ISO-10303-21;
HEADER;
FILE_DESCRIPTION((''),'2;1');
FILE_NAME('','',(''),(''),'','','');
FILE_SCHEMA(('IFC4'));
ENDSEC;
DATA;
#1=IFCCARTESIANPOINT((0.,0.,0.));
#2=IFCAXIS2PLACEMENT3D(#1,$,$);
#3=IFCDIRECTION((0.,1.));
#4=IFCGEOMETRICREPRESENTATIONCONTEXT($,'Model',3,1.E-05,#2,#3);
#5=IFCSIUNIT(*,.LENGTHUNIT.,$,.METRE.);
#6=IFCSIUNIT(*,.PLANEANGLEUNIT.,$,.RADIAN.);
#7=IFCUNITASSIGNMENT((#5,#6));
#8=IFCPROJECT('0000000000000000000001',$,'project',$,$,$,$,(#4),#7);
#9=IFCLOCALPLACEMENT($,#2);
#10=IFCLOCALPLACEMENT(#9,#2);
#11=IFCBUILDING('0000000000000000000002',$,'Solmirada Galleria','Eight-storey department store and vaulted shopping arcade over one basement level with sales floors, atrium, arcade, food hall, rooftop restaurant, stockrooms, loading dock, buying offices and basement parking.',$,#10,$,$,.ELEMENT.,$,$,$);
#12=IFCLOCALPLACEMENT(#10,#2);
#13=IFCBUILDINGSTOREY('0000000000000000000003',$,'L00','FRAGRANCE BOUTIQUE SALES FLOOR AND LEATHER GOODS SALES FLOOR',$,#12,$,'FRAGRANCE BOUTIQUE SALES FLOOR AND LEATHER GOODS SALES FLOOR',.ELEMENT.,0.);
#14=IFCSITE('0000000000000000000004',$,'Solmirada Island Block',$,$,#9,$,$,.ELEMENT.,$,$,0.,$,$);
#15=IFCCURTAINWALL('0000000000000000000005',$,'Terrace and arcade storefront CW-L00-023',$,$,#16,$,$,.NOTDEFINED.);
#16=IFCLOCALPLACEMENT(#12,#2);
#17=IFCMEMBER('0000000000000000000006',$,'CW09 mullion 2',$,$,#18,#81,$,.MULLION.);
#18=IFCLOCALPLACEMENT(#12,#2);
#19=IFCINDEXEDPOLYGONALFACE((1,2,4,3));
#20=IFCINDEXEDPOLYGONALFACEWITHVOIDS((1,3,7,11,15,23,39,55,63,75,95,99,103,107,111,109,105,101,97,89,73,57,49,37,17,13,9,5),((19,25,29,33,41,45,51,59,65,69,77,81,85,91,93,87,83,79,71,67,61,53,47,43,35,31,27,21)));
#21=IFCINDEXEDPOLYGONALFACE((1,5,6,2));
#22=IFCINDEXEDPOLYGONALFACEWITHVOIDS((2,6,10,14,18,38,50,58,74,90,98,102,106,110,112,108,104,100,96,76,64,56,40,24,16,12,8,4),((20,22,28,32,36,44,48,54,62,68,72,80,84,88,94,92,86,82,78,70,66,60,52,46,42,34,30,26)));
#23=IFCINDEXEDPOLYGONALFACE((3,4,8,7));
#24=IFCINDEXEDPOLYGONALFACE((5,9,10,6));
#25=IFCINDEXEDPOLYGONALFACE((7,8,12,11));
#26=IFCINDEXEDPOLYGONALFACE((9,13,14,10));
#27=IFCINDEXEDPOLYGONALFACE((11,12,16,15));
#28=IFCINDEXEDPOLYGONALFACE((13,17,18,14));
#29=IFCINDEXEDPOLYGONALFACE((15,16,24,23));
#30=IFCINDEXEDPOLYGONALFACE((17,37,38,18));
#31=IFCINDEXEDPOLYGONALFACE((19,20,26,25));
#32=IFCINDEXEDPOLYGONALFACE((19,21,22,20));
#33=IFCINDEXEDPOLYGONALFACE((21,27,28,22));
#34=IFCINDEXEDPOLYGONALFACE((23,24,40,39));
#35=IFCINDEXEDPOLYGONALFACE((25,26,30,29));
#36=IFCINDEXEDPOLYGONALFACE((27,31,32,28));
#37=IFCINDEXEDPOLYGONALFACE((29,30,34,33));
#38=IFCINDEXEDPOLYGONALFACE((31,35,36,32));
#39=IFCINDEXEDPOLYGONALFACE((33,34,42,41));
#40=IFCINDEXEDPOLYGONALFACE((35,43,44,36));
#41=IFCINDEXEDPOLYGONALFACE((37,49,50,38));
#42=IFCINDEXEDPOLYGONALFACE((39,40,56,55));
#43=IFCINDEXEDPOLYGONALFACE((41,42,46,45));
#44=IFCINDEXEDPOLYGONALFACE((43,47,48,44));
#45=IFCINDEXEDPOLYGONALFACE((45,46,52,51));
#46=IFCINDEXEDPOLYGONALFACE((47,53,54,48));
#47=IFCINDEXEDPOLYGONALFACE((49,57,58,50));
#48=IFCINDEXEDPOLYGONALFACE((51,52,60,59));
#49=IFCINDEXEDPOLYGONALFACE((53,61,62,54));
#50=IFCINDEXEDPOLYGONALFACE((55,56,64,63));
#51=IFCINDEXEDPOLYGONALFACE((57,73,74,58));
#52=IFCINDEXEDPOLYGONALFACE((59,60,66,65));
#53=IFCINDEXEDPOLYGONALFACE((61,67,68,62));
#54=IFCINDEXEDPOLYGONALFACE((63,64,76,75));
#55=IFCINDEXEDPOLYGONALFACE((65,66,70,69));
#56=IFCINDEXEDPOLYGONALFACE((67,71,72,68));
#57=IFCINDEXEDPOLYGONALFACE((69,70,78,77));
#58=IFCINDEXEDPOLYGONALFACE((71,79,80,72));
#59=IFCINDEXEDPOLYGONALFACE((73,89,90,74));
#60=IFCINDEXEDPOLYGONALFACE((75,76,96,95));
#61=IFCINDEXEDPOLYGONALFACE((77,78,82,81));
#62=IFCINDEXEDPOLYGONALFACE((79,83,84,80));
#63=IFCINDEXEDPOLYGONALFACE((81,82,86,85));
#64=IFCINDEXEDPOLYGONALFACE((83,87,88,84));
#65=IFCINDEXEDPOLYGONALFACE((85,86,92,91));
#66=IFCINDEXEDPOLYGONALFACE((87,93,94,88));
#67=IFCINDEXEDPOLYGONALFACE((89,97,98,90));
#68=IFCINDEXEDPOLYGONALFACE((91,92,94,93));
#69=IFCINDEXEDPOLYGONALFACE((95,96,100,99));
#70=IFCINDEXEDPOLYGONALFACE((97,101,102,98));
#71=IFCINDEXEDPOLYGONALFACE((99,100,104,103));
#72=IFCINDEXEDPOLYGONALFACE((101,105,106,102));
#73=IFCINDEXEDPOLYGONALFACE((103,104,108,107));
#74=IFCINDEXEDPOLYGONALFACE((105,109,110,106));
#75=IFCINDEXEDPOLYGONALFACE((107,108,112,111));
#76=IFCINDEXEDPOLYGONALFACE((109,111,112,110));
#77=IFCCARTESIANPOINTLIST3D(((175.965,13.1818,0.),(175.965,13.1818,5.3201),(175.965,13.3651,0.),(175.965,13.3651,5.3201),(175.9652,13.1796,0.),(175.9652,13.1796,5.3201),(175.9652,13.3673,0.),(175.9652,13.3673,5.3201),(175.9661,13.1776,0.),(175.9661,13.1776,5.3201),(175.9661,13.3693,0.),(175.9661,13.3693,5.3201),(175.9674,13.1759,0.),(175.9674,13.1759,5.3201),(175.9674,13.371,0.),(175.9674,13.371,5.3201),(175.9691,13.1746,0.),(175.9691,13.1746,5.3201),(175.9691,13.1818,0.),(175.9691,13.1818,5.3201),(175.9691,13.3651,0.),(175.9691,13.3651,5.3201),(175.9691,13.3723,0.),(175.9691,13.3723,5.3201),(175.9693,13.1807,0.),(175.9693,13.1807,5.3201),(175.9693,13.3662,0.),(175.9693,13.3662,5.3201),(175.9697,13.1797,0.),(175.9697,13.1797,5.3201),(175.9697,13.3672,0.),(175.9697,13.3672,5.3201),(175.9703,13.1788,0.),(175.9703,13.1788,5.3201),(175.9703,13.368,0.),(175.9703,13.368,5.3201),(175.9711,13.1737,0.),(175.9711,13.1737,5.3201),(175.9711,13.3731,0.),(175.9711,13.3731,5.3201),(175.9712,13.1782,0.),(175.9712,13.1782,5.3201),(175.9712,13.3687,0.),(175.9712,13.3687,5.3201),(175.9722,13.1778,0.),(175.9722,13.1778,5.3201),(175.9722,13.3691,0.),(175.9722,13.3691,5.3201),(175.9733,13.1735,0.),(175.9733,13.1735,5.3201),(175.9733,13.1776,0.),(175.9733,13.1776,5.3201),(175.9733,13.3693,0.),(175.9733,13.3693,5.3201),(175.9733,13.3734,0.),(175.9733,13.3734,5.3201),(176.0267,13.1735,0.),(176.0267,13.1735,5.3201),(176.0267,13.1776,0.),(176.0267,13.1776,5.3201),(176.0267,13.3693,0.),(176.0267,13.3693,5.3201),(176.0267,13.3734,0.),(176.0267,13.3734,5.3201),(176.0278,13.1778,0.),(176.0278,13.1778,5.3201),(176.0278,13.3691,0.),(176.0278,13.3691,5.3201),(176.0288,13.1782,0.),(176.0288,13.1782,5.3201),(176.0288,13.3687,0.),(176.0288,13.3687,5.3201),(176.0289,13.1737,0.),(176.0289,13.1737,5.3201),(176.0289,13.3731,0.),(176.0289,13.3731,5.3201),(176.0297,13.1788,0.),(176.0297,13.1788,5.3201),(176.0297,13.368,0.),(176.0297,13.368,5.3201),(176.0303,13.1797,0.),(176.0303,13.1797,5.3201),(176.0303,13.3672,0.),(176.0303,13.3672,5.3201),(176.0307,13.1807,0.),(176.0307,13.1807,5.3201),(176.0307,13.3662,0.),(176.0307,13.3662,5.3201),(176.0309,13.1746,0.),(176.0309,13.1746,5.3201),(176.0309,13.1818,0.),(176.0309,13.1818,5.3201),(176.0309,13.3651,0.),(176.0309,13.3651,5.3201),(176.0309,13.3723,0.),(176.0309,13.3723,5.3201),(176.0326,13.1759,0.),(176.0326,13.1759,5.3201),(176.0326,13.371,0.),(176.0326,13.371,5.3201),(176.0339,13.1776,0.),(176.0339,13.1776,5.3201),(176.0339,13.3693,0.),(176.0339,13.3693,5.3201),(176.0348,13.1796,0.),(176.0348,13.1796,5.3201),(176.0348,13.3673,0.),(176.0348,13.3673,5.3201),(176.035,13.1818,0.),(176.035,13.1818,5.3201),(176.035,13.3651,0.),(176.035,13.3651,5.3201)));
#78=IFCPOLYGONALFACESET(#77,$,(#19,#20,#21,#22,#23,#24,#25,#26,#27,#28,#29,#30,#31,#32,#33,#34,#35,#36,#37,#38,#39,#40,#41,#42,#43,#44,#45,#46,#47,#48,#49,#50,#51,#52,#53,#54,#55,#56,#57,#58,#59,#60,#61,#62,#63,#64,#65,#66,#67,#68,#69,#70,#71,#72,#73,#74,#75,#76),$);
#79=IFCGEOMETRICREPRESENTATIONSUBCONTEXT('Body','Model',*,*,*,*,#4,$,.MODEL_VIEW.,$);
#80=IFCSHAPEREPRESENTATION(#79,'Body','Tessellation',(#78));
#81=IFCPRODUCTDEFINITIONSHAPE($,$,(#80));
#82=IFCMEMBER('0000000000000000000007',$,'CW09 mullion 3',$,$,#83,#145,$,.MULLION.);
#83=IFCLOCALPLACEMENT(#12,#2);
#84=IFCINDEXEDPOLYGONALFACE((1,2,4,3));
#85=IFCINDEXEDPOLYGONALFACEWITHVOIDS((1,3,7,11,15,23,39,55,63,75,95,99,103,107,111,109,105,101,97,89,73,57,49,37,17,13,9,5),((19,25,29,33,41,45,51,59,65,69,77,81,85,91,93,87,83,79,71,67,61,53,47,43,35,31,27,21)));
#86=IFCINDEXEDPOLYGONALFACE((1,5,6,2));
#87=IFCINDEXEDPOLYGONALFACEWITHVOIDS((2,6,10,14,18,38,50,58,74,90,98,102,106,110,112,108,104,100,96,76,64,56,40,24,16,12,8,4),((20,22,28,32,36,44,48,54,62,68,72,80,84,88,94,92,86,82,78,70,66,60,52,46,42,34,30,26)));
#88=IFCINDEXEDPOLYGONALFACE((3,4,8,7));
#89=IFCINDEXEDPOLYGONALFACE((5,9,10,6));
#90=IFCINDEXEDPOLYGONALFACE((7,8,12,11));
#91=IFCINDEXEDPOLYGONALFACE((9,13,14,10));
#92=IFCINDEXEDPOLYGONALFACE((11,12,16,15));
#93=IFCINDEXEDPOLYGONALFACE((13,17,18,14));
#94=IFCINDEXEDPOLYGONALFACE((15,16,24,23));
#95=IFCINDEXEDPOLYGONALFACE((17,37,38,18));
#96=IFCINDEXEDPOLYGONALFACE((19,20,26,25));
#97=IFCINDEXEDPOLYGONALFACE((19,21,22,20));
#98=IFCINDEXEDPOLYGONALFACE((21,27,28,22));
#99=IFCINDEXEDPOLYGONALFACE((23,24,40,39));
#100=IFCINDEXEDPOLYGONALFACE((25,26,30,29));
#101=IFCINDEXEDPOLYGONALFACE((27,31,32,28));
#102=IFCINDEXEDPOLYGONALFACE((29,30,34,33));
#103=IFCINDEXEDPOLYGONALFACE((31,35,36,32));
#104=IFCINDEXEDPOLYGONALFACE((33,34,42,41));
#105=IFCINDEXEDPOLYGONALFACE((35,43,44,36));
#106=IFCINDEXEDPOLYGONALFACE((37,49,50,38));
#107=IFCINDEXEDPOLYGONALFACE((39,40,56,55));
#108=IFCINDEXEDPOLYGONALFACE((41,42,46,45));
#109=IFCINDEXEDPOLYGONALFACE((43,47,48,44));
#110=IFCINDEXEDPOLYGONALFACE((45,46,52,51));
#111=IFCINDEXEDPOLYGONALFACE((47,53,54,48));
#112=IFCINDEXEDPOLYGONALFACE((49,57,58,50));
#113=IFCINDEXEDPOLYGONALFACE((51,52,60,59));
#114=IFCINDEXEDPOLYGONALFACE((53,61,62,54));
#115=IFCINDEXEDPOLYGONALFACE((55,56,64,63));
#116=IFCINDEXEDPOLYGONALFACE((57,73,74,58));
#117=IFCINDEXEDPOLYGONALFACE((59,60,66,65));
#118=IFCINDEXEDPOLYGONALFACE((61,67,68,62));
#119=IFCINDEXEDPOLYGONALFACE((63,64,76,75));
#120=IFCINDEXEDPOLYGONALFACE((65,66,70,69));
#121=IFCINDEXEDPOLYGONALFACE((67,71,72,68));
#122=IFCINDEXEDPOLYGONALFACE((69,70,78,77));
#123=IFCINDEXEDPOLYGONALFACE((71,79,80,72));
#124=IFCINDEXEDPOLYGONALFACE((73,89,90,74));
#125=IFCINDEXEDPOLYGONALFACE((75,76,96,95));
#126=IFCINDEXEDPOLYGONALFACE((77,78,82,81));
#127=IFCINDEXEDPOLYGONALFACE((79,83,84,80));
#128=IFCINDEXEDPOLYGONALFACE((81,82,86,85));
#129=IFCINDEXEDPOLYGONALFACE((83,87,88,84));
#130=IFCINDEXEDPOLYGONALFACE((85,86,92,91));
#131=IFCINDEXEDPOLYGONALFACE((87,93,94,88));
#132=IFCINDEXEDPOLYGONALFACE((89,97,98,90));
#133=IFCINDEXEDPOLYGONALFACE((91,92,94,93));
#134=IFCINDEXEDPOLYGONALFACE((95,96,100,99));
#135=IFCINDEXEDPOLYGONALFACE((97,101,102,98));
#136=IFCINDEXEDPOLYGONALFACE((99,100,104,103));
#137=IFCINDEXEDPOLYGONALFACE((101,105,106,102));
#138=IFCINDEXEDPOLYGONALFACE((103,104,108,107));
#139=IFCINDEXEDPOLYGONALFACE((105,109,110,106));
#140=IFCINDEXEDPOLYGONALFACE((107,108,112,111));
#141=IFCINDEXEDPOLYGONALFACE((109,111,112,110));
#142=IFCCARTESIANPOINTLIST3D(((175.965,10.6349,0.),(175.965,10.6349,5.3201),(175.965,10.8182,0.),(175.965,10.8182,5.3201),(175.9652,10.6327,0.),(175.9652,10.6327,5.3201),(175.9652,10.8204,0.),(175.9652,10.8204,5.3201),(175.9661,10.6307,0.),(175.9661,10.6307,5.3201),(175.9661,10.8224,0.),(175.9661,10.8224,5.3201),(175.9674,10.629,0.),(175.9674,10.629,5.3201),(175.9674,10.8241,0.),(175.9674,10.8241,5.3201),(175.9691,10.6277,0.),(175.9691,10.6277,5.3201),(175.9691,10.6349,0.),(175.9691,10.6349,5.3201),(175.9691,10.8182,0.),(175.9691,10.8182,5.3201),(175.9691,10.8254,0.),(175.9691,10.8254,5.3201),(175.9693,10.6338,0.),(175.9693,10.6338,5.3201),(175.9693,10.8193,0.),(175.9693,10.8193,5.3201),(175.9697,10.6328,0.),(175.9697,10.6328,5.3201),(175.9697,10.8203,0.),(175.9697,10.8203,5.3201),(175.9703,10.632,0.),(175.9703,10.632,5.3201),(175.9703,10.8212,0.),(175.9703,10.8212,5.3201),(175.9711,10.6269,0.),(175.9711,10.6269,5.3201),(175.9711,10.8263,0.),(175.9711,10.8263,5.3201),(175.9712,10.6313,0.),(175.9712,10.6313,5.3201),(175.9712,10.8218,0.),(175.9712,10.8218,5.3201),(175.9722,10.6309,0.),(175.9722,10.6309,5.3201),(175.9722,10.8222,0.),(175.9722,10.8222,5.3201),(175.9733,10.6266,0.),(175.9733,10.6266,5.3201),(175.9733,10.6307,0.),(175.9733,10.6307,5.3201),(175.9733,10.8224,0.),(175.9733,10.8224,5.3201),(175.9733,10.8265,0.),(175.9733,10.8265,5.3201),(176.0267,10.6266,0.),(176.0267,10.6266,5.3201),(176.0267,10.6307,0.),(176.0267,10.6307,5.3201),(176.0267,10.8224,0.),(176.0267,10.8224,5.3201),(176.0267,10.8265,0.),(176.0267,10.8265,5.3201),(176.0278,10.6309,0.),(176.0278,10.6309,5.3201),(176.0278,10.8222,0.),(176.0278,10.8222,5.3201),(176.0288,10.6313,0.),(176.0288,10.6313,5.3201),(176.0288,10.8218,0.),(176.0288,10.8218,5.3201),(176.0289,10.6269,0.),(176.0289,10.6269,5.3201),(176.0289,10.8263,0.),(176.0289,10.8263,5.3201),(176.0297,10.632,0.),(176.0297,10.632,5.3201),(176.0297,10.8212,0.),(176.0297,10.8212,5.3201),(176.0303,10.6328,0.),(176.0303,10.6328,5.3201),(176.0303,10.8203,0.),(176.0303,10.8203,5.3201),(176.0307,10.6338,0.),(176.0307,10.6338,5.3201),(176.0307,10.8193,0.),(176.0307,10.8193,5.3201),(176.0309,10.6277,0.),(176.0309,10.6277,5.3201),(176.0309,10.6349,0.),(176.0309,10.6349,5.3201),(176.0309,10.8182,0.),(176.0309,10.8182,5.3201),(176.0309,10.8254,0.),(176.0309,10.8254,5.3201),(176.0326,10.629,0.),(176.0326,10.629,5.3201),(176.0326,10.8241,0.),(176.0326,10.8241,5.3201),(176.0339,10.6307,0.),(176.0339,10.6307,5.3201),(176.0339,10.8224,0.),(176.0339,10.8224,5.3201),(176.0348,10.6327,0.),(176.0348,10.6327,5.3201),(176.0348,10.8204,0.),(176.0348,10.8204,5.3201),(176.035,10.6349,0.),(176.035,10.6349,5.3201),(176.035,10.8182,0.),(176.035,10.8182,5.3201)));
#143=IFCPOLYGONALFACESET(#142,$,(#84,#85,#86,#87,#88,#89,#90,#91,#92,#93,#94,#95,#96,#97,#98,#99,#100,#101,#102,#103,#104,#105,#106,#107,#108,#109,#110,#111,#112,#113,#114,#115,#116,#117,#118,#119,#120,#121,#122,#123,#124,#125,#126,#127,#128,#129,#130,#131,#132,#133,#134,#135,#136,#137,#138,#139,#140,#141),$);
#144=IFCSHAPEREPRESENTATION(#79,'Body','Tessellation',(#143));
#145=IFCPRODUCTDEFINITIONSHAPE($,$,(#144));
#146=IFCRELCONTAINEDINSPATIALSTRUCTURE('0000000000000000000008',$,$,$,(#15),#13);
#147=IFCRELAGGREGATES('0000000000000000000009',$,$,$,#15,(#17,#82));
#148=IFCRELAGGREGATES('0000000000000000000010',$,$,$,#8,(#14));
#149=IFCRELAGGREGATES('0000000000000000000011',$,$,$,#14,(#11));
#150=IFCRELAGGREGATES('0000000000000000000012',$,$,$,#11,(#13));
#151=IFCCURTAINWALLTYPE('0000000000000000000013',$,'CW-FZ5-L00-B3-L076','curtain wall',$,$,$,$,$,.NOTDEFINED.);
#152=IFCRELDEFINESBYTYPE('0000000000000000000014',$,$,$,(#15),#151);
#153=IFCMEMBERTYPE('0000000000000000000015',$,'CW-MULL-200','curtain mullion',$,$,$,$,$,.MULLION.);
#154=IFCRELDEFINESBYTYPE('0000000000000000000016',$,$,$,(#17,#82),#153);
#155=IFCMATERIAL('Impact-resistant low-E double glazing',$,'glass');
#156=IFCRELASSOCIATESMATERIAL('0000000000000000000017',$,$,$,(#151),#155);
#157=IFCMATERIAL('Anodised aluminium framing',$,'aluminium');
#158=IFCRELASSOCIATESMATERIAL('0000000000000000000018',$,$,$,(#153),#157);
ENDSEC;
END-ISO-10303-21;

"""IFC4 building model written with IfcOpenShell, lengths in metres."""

from ifc_helpers import new_model, si_unit, direction, frame, origin, origin_2d, place, context, subcontext, project, spatial, hollow_rectangle, extrude, material, material_profile, profile_set, type_object, element, aggregate, save


model = new_model("IFC4")

# Units and contexts
model_context = context("Model", 3, precision=1e-05, world=origin(), true_north=direction((0.0, 1.0)))
body_context = subcontext(model_context, "Body", "Model", "MODEL_VIEW")
ifc_project = project(units=[si_unit("LENGTHUNIT", "METRE"), si_unit("PLANEANGLEUNIT", "RADIAN")], contexts=[model_context])

# Site, building, storey
site_placement = place(None, origin())
site = spatial("IfcSite", under=ifc_project, at=site_placement, Name="Solmirada Island Block", CompositionType="ELEMENT", RefElevation=0.0)
building_placement = place(site_placement, origin())
building = spatial("IfcBuilding", under=site, at=building_placement, Name="Solmirada Galleria", Description="Eight-storey department store and vaulted shopping arcade over one basement level with sales floors, atrium, arcade, food hall, rooftop restaurant, stockrooms, loading dock, buying offices and basement parking.", CompositionType="ELEMENT")
storey_placement = place(building_placement, origin())
storey = spatial("IfcBuildingStorey", under=building, at=storey_placement, Name="L00", Description="FRAGRANCE BOUTIQUE SALES FLOOR AND LEATHER GOODS SALES FLOOR", LongName="FRAGRANCE BOUTIQUE SALES FLOOR AND LEATHER GOODS SALES FLOOR", CompositionType="ELEMENT", Elevation=0.0)

# Curtain wall, members
ifc_material_1 = material(Name="Impact-resistant low-E double glazing", Category="glass")
curtain_wall_type = type_object("IfcCurtainWallType", Name="CW-FZ5-L00-B3-L076", Description="curtain wall", PredefinedType="NOTDEFINED", material=ifc_material_1)
curtain_wall_1_placement = place(storey_placement, origin())
curtain_wall_1 = element("IfcCurtainWall", 1, at=curtain_wall_1_placement, inside=storey, type_object=curtain_wall_type, Name="Terrace and arcade storefront CW-L00-023", PredefinedType="NOTDEFINED")
ifc_material_2 = material(Name="Anodised aluminium framing", Category="aluminium")
ifc_material_profile_1 = material_profile(ifc_material_2, hollow_rectangle(XDim=0.0701, YDim=0.2, WallThickness=0.0042, InnerFilletRadius=0.0042, OuterFilletRadius=0.0083, at=origin_2d()), Name="ALU-MULL-200X70")
ifc_profile_set_1 = profile_set([ifc_material_profile_1], Name="Anodised aluminium framing")
member_type_1 = type_object("IfcMemberType", Name="CW-MULL-200", Description="curtain mullion", PredefinedType="MULLION", material=ifc_profile_set_1)
member_1_placement = place(storey_placement, frame((176.0, 13.2734, 0.0), z_axis=(0.0, 0.0, 1.0), x_axis=(1.0, 0.0, 0.0)))
member_1 = element("IfcMember", 2, at=member_1_placement, type_object=member_type_1, Name="CW09 mullion 2", PredefinedType="MULLION", context=body_context, shape_type="SweptSolid", body=[
    extrude(hollow_rectangle(XDim=0.0701, YDim=0.2, WallThickness=0.0042, InnerFilletRadius=0.0042, OuterFilletRadius=0.0083, at=origin_2d()), origin(), (0.0, 0.0, 1.0), 5.3201),
])
member_2_placement = place(storey_placement, frame((176.0, 10.7266, 0.0), z_axis=(0.0, 0.0, 1.0), x_axis=(1.0, 0.0, 0.0)))
member_2 = element("IfcMember", 3, at=member_2_placement, type_object=member_type_1, Name="CW09 mullion 3", PredefinedType="MULLION", context=body_context, shape_type="SweptSolid", body=[
    extrude(hollow_rectangle(XDim=0.0701, YDim=0.2, WallThickness=0.0042, InnerFilletRadius=0.0042, OuterFilletRadius=0.0083, at=origin_2d()), origin(), (0.0, 0.0, 1.0), 5.3201),
])

aggregate(curtain_wall_1, [member_1, member_2])

save(model, "model.ifc")
